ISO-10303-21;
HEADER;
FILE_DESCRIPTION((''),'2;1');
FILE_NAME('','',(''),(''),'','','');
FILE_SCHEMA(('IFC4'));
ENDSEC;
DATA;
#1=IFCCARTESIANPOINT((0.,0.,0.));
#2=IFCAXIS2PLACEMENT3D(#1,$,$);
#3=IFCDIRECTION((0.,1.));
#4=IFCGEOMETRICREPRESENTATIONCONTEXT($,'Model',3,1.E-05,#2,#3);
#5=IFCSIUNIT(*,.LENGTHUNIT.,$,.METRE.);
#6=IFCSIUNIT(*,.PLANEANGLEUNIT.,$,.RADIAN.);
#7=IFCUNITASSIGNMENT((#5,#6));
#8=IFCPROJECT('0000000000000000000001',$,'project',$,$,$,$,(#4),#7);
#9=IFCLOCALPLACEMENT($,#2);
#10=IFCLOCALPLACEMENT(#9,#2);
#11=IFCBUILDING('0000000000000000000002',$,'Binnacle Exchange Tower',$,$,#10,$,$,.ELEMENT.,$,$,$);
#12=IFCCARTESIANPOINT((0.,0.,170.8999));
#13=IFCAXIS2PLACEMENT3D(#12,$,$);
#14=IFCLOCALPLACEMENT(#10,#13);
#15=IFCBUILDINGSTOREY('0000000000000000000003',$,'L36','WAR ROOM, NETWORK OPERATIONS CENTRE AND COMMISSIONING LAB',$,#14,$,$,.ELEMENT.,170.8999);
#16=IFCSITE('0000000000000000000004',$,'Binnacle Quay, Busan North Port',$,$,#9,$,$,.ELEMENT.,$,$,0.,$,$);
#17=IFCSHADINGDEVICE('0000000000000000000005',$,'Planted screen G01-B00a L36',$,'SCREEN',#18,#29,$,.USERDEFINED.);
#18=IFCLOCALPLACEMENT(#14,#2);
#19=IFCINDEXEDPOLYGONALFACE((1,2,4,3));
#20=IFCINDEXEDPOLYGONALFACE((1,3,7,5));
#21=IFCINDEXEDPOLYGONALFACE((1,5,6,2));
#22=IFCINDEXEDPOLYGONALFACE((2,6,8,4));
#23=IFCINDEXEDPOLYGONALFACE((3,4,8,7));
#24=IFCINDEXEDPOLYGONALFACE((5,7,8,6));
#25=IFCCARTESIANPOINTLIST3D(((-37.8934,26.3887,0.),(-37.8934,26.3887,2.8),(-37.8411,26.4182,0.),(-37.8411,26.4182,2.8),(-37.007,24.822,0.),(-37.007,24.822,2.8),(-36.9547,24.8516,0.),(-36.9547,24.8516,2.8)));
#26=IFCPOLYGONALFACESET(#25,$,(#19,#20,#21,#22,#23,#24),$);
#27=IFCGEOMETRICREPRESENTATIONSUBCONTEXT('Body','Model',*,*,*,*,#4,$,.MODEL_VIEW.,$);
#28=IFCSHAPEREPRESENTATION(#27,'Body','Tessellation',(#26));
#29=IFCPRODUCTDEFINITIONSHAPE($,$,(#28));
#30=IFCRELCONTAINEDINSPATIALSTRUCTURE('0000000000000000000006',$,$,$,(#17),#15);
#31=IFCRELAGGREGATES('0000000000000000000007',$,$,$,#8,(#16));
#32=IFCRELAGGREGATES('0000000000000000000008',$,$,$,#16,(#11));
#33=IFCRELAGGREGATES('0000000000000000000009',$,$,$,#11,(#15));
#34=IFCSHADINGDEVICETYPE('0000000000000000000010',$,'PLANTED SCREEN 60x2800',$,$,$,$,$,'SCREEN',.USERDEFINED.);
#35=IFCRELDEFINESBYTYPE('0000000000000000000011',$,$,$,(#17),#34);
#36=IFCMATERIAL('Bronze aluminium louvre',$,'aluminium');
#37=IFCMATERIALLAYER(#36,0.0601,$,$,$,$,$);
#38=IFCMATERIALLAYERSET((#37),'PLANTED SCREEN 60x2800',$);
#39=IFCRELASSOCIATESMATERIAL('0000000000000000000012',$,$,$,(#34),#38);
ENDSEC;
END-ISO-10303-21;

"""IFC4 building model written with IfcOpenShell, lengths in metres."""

from ifc_helpers import new_model, si_unit, direction, frame, origin, origin_2d, place, context, subcontext, project, spatial, rectangle, extrude, material, layer, layer_set, type_object, element, save


model = new_model("IFC4")

# Units and contexts
model_context = context("Model", 3, precision=1e-05, world=origin(), true_north=direction((0.0, 1.0)))
body_context = subcontext(model_context, "Body", "Model", "MODEL_VIEW")
ifc_project = project(units=[si_unit("LENGTHUNIT", "METRE"), si_unit("PLANEANGLEUNIT", "RADIAN")], contexts=[model_context])

# Site, building, storey
site_placement = place(None, origin())
site = spatial("IfcSite", under=ifc_project, at=site_placement, Name="Binnacle Quay, Busan North Port", CompositionType="ELEMENT", RefElevation=0.0)
building_placement = place(site_placement, origin())
building = spatial("IfcBuilding", under=site, at=building_placement, Name="Binnacle Exchange Tower", CompositionType="ELEMENT")
storey_placement = place(building_placement, frame((0.0, 0.0, 170.8999)))
storey = spatial("IfcBuildingStorey", under=building, at=storey_placement, Name="L36", Description="WAR ROOM, NETWORK OPERATIONS CENTRE AND COMMISSIONING LAB", CompositionType="ELEMENT", Elevation=170.8999)

# Shading device
ifc_material_1 = material(Name="Bronze aluminium louvre", Category="aluminium")
ifc_layer_1 = layer(ifc_material_1, 0.0601)
ifc_layer_set_1 = layer_set([ifc_layer_1], Name="PLANTED SCREEN 60x2800")
shading_device_type = type_object("IfcShadingDeviceType", Name="PLANTED SCREEN 60x2800", ElementType="SCREEN", PredefinedType="USERDEFINED", material=ifc_layer_set_1)
shading_device_placement = place(storey_placement, frame((-37.4241, 25.6201, 0.0), z_axis=(0.0, 0.0, 1.0), x_axis=(0.870356, 0.492424, 0.0)))
element("IfcShadingDevice", 1, at=shading_device_placement, inside=storey, type_object=shading_device_type, Name="Planted screen G01-B00a L36", ObjectType="SCREEN", PredefinedType="USERDEFINED", context=body_context, shape_type="SweptSolid", body=[
    extrude(rectangle(XDim=0.0601, YDim=1.8, at=origin_2d()), origin(), (0.0, 0.0, 1.0), 2.8),
])

save(model, "model.ifc")
